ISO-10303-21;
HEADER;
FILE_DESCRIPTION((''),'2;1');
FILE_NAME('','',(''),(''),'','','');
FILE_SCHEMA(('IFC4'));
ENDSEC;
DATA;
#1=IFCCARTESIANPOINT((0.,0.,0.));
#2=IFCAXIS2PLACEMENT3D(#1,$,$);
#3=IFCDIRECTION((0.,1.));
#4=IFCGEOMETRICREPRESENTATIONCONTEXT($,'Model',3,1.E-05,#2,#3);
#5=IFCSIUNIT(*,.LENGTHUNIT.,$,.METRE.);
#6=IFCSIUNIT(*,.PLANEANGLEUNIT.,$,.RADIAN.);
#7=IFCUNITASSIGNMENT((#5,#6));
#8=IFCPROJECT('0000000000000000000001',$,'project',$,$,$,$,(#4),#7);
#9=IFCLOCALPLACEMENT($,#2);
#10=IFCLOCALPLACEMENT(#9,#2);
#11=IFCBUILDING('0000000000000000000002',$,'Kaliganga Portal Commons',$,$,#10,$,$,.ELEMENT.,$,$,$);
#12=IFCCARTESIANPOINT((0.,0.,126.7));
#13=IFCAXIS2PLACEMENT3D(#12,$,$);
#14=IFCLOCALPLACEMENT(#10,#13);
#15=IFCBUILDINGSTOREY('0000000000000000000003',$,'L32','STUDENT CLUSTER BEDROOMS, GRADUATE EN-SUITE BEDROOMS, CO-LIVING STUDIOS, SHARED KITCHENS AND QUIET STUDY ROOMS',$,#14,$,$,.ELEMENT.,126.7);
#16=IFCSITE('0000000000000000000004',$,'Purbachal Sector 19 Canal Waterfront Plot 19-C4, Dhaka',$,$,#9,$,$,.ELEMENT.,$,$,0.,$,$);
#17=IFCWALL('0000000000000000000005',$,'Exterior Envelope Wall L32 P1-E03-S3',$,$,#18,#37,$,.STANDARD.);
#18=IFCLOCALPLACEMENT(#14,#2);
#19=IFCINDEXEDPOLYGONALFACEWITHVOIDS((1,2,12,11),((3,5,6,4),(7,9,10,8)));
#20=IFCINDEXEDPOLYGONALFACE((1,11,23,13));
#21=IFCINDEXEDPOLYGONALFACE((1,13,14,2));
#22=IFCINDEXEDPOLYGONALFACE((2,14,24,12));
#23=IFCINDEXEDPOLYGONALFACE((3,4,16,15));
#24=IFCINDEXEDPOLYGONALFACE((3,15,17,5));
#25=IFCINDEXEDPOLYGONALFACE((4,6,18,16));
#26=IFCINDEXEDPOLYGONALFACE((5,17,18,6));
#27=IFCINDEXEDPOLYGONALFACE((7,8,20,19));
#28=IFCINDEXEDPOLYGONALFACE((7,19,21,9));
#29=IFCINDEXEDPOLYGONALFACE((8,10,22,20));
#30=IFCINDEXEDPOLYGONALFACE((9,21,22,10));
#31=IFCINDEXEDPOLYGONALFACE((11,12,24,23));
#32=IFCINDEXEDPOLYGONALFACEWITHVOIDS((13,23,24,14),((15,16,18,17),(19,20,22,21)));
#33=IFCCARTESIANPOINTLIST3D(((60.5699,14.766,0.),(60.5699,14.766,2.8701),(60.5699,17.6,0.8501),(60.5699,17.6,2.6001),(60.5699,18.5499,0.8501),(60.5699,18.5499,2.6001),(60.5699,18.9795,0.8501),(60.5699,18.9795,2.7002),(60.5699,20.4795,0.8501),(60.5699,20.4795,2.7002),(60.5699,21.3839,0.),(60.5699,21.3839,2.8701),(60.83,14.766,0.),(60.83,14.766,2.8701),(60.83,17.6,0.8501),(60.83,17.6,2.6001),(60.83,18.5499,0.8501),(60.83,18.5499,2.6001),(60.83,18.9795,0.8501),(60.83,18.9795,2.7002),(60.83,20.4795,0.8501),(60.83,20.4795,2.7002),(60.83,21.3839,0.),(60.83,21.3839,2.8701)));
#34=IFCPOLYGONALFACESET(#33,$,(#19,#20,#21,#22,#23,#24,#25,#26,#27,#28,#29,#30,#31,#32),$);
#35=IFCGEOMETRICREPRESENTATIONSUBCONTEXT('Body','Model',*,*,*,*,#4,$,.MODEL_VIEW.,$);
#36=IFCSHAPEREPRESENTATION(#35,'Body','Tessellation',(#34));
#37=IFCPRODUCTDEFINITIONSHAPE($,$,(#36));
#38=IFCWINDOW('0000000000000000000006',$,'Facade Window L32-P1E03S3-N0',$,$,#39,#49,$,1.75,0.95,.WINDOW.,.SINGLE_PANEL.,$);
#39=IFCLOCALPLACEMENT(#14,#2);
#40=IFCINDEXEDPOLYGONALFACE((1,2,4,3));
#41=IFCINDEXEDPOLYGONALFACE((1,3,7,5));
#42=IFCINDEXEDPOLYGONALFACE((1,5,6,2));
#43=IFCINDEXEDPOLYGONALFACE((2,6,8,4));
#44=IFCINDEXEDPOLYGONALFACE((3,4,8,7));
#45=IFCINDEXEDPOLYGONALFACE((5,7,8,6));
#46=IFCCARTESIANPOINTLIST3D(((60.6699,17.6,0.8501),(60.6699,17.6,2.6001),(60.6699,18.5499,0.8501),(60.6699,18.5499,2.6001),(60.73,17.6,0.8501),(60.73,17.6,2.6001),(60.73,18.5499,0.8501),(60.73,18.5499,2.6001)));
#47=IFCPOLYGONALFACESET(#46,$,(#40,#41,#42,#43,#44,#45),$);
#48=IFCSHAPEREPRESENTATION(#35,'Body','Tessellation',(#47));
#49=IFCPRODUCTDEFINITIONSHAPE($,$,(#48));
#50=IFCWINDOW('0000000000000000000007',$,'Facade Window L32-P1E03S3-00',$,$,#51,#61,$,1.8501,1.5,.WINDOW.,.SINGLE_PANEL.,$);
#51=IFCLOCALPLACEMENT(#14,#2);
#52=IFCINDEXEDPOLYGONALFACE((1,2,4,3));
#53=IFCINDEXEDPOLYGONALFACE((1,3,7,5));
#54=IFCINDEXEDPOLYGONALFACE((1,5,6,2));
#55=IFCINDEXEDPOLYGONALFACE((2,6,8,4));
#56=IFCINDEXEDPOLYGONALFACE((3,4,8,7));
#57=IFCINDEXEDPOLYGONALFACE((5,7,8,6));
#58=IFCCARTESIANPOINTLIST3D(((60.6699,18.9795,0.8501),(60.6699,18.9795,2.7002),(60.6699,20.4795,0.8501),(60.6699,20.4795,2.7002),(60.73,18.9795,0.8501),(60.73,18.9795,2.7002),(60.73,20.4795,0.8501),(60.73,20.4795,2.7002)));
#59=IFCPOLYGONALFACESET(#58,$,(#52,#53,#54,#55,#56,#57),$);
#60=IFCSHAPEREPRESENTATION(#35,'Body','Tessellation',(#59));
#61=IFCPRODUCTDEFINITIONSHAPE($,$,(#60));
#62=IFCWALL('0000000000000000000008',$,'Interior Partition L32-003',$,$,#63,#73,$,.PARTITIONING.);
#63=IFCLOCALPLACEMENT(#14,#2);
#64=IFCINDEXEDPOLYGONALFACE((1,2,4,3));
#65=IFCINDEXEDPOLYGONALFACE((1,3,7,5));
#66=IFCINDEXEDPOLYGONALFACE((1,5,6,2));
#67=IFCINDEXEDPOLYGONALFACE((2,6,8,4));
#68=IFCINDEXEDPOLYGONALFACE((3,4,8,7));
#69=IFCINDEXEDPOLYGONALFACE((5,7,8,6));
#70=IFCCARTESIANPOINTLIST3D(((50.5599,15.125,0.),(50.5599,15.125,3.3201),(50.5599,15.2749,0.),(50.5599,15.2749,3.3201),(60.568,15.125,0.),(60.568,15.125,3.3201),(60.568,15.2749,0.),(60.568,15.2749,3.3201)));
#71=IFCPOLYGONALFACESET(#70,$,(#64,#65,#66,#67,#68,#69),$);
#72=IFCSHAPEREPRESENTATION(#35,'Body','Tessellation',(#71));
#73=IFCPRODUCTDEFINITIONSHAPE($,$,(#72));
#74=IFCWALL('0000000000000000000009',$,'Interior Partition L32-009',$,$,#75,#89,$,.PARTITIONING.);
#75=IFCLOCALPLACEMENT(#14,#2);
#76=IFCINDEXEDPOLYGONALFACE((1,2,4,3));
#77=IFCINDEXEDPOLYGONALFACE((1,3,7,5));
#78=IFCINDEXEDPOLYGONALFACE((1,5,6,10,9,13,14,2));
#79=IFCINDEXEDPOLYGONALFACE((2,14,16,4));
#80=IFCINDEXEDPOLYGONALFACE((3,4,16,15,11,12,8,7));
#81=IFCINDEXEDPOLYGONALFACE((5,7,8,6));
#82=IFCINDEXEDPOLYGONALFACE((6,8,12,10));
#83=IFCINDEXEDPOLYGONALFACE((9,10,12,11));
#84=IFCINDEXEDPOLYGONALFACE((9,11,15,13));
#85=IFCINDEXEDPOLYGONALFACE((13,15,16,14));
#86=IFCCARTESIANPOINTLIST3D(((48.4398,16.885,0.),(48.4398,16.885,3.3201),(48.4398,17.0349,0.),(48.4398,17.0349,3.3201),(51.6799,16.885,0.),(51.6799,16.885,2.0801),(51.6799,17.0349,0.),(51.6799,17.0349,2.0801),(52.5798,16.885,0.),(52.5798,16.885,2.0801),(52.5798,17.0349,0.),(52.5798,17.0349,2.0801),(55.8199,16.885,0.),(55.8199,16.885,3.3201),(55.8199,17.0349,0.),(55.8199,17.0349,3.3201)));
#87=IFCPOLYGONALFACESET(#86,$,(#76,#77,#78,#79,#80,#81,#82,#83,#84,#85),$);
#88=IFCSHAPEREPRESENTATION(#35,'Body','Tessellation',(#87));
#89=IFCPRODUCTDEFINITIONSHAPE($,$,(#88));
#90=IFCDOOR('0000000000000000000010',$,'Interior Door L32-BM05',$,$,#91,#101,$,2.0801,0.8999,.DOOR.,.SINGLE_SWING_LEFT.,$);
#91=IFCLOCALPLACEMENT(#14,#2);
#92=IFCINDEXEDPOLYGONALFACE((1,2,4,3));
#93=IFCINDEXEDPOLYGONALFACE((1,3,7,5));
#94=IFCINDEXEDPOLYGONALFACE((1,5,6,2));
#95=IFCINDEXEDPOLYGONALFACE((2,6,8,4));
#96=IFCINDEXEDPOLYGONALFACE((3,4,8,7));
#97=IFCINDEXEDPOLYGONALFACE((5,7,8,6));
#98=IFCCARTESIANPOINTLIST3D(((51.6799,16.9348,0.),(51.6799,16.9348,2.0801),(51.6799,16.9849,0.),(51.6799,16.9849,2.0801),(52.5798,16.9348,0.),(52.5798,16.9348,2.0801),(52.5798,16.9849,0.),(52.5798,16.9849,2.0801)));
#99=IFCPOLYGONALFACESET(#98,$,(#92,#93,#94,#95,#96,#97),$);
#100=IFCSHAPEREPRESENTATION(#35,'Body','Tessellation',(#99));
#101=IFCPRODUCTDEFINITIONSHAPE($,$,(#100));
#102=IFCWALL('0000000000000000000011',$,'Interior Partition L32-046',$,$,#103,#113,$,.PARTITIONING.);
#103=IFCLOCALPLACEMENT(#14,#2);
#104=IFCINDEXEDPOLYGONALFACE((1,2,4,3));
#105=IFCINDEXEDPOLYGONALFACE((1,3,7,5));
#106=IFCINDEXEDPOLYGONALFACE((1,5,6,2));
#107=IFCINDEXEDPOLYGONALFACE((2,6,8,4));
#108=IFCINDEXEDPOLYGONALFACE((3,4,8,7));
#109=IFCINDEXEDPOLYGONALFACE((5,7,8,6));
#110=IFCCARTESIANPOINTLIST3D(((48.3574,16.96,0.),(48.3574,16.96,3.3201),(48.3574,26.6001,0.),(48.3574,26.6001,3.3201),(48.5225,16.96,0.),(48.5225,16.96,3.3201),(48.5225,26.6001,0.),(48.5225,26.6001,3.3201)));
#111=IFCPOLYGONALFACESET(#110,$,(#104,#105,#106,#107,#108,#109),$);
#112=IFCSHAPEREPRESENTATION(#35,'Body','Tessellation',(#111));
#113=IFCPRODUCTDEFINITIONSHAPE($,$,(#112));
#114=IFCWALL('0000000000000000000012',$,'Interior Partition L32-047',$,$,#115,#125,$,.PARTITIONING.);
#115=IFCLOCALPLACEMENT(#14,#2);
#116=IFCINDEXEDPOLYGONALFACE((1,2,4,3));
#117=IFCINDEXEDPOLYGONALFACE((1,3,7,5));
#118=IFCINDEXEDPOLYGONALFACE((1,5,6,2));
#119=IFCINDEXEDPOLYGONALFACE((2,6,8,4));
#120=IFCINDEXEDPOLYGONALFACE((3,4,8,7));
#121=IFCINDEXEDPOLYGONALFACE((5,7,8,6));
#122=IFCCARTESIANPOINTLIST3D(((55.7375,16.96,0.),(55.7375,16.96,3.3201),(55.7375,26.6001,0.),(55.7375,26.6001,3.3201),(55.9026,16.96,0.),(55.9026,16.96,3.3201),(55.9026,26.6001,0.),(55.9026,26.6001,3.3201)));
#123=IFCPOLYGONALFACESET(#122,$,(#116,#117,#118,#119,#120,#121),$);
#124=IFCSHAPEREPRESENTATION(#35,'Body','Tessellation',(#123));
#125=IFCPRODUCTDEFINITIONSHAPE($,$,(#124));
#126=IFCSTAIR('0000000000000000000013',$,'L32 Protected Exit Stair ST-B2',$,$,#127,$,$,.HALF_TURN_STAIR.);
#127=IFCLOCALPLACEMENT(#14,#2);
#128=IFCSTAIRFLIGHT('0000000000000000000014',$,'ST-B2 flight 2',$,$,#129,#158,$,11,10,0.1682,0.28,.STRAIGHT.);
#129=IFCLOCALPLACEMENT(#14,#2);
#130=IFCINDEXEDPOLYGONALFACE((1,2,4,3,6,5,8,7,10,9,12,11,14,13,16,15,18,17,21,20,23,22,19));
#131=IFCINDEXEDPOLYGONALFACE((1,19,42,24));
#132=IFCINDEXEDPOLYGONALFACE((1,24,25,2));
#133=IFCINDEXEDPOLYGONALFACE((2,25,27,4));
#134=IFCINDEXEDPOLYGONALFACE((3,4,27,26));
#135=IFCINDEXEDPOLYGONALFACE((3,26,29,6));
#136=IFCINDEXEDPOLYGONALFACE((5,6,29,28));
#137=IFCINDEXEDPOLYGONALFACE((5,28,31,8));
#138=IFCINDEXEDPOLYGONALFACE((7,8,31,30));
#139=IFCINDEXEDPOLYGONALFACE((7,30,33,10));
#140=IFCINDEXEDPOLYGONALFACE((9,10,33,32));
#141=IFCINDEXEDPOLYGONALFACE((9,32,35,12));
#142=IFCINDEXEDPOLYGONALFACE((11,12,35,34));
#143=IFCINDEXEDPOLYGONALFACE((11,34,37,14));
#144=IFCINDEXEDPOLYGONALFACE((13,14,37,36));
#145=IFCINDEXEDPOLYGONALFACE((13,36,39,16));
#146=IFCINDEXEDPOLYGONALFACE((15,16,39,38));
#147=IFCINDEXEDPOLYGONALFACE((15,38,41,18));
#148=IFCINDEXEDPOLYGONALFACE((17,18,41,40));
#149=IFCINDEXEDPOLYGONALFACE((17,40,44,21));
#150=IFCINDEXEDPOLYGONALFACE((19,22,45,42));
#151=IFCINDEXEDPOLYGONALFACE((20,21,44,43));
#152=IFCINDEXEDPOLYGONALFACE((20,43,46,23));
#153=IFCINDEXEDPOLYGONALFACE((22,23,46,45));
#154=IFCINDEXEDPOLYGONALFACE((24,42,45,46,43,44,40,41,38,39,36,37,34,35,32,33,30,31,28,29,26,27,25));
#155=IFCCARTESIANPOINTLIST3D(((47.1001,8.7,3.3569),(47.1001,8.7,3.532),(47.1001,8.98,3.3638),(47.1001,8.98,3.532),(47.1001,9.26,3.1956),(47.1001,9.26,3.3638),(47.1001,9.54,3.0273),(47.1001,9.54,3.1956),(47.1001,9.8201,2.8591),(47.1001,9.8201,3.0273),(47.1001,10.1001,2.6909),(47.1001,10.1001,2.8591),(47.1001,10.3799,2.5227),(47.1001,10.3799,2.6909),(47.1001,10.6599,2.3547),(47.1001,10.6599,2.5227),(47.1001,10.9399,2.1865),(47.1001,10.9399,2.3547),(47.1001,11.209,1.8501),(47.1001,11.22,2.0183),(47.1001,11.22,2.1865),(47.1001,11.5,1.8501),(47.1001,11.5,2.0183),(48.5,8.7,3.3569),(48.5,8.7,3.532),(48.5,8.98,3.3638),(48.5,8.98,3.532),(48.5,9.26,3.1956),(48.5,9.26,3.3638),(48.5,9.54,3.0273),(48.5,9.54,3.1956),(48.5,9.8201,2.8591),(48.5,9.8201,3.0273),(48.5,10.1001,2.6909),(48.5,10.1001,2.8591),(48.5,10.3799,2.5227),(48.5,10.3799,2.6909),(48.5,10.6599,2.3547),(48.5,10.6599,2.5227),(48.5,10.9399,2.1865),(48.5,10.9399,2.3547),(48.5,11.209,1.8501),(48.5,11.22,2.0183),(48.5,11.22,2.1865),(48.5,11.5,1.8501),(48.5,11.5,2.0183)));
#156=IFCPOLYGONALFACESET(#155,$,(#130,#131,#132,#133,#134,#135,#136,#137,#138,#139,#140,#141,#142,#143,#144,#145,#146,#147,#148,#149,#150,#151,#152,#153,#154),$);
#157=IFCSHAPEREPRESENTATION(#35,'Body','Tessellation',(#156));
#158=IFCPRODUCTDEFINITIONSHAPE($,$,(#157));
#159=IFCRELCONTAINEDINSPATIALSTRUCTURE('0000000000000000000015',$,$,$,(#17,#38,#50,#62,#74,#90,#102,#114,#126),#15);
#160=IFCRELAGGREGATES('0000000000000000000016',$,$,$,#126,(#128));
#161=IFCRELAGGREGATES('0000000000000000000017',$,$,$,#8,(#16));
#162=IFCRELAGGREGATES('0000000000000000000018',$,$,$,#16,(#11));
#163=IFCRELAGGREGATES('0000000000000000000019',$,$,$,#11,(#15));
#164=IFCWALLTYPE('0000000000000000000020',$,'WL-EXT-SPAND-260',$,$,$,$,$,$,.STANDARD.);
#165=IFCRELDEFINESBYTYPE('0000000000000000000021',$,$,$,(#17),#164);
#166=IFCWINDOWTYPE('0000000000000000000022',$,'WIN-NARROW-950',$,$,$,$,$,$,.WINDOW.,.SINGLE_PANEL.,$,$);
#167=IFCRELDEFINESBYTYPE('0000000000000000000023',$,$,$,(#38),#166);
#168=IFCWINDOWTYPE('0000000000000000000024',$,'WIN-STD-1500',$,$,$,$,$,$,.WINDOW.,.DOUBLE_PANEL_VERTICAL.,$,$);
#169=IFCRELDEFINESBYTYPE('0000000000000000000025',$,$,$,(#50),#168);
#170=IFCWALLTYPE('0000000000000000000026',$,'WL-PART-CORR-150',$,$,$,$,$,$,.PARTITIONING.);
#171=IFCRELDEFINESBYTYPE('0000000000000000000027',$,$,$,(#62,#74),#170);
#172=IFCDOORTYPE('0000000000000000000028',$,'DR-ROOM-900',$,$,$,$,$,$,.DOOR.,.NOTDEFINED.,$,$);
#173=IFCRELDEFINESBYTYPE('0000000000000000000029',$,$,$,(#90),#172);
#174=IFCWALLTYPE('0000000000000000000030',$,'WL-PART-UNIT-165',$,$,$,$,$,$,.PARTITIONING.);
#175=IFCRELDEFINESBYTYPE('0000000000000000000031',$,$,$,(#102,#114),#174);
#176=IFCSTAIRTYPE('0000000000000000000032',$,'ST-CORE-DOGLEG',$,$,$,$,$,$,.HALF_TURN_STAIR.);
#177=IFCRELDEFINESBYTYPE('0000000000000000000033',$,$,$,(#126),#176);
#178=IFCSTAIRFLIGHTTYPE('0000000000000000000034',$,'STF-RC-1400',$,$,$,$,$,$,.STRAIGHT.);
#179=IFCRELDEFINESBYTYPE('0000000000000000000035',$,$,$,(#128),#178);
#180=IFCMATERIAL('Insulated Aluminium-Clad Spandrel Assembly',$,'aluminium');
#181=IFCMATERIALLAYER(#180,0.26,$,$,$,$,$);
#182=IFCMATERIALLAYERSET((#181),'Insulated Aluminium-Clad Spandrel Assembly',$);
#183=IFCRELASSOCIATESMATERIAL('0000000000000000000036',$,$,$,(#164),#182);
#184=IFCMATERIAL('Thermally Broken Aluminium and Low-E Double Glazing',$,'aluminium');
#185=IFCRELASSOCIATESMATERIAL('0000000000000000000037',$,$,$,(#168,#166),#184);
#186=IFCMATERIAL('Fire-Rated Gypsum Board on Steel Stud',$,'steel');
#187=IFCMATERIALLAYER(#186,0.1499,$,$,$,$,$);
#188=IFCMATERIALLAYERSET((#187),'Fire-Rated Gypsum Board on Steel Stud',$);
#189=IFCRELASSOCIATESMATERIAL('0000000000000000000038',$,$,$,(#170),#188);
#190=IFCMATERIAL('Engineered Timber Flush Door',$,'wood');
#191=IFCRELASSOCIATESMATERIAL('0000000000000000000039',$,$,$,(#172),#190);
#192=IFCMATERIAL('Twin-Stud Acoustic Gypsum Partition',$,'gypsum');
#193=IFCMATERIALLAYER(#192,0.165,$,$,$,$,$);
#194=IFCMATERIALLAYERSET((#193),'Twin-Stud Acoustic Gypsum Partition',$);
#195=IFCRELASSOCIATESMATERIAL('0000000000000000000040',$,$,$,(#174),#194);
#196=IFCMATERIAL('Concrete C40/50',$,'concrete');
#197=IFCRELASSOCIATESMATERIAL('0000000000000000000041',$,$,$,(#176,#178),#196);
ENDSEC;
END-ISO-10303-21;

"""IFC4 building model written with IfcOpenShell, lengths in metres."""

from ifc_helpers import new_model, si_unit, direction, frame, frame_2d, origin, place, context, subcontext, project, spatial, polyline, rectangle, outline, extrude, material, layer, layer_set, type_object, element, fill, aggregate, save


model = new_model("IFC4")

# Units and contexts
model_context = context("Model", 3, precision=1e-05, world=origin(), true_north=direction((0.0, 1.0)))
body_context = subcontext(model_context, "Body", "Model", "MODEL_VIEW")
ifc_project = project(units=[si_unit("LENGTHUNIT", "METRE"), si_unit("PLANEANGLEUNIT", "RADIAN")], contexts=[model_context])

# Site, building, storey
site_placement = place(None, origin())
site = spatial("IfcSite", under=ifc_project, at=site_placement, Name="Purbachal Sector 19 Canal Waterfront Plot 19-C4, Dhaka", CompositionType="ELEMENT", RefElevation=0.0)
building_placement = place(site_placement, origin())
building = spatial("IfcBuilding", under=site, at=building_placement, Name="Kaliganga Portal Commons", CompositionType="ELEMENT")
storey_placement = place(building_placement, frame((0.0, 0.0, 126.7)))
storey = spatial("IfcBuildingStorey", under=building, at=storey_placement, Name="L32", Description="STUDENT CLUSTER BEDROOMS, GRADUATE EN-SUITE BEDROOMS, CO-LIVING STUDIOS, SHARED KITCHENS AND QUIET STUDY ROOMS", CompositionType="ELEMENT", Elevation=126.7)

# Shared definitions
ifc_material_1 = material(Name="Insulated Aluminium-Clad Spandrel Assembly", Category="aluminium")
ifc_layer_1 = layer(ifc_material_1, 0.26)
ifc_layer_set_1 = layer_set([ifc_layer_1], Name="Insulated Aluminium-Clad Spandrel Assembly")
wall_type_1 = type_object("IfcWallType", Name="WL-EXT-SPAND-260", PredefinedType="STANDARD", material=ifc_layer_set_1)
ifc_material_2 = material(Name="Thermally Broken Aluminium and Low-E Double Glazing", Category="aluminium")
window_type_1 = type_object("IfcWindowType", Name="WIN-STD-1500", PartitioningType="DOUBLE_PANEL_VERTICAL", PredefinedType="WINDOW", material=ifc_material_2)

# Wall, openings, windows
wall_1_placement = place(storey_placement, frame((60.7, 21.384, 0.0), z_axis=(0.0, 0.0, 1.0), x_axis=(0.0, -1.0, 0.0)))
wall_1 = element("IfcWall", 1, at=wall_1_placement, inside=storey, type_object=wall_type_1, Name="Exterior Envelope Wall L32 P1-E03-S3", PredefinedType="STANDARD", context=body_context, shape_type="SweptSolid", body=[
    extrude(rectangle(XDim=6.6179, YDim=0.26, at=frame_2d((3.3091, 0.0))), origin(), (0.0, 0.0, 1.0), 2.8701),
])
opening_1_placement = place(wall_1_placement, frame((0.9045, 0.0, 0.8501)))
opening_1 = element("IfcOpeningElement", 2, at=opening_1_placement, cuts=wall_1, PredefinedType="OPENING", context=body_context, shape_type="SweptSolid", body=[
    extrude(rectangle(XDim=1.5, YDim=1.8501, at=frame_2d((0.75, 0.925))), frame((0.0, 0.1401, 0.0), z_axis=(0.0, -1.0, 0.0), x_axis=(1.0, 0.0, 0.0)), (0.0, 0.0, 1.0), 0.28),
])
opening_2_placement = place(wall_1_placement, frame((2.834, 0.0, 0.8501)))
opening_2 = element("IfcOpeningElement", 3, at=opening_2_placement, cuts=wall_1, PredefinedType="OPENING", context=body_context, shape_type="SweptSolid", body=[
    extrude(rectangle(XDim=0.95, YDim=1.75, at=frame_2d((0.4751, 0.875))), frame((0.0, 0.1401, 0.0), z_axis=(0.0, -1.0, 0.0), x_axis=(1.0, 0.0, 0.0)), (0.0, 0.0, 1.0), 0.28),
])
window_type_2 = type_object("IfcWindowType", Name="WIN-NARROW-950", PartitioningType="SINGLE_PANEL", PredefinedType="WINDOW", material=ifc_material_2)
window_1_placement = place(opening_2_placement, origin())
window_1 = element("IfcWindow", 4, at=window_1_placement, inside=storey, type_object=window_type_2, Name="Facade Window L32-P1E03S3-N0", OverallHeight=1.75, OverallWidth=0.95, PartitioningType="SINGLE_PANEL", PredefinedType="WINDOW", context=body_context, shape_type="SweptSolid", body=[
    extrude(rectangle(XDim=0.95, YDim=1.75, at=frame_2d((0.4751, 0.875))), frame((0.0, 0.03, 0.0), z_axis=(0.0, -1.0, 0.0), x_axis=(1.0, 0.0, 0.0)), (0.0, 0.0, 1.0), 0.0601),
])
fill(opening_2, window_1)
window_2_placement = place(opening_1_placement, origin())
window_2 = element("IfcWindow", 5, at=window_2_placement, inside=storey, type_object=window_type_1, Name="Facade Window L32-P1E03S3-00", OverallHeight=1.8501, OverallWidth=1.5, PartitioningType="SINGLE_PANEL", PredefinedType="WINDOW", context=body_context, shape_type="SweptSolid", body=[
    extrude(rectangle(XDim=1.5, YDim=1.8501, at=frame_2d((0.75, 0.925))), frame((0.0, 0.03, 0.0), z_axis=(0.0, -1.0, 0.0), x_axis=(1.0, 0.0, 0.0)), (0.0, 0.0, 1.0), 0.0601),
])
fill(opening_1, window_2)

# Wall
ifc_material_3 = material(Name="Fire-Rated Gypsum Board on Steel Stud", Category="steel")
ifc_layer_2 = layer(ifc_material_3, 0.1499)
ifc_layer_set_2 = layer_set([ifc_layer_2], Name="Fire-Rated Gypsum Board on Steel Stud")
wall_type_2 = type_object("IfcWallType", Name="WL-PART-CORR-150", PredefinedType="PARTITIONING", material=ifc_layer_set_2)
wall_2_placement = place(storey_placement, frame((50.5601, 15.2, 0.0), z_axis=(0.0, 0.0, 1.0), x_axis=(1.0, 0.0, 0.0)))
element("IfcWall", 6, at=wall_2_placement, inside=storey, type_object=wall_type_2, Name="Interior Partition L32-003", PredefinedType="PARTITIONING", context=body_context, shape_type="SweptSolid", body=[
    extrude(rectangle(XDim=10.0081, YDim=0.1499, at=frame_2d((5.0039, 0.0))), origin(), (0.0, 0.0, 1.0), 3.3201),
])

# Wall, opening, door
wall_3_placement = place(storey_placement, frame((48.4399, 16.96, 0.0), z_axis=(0.0, 0.0, 1.0), x_axis=(1.0, 0.0, 0.0)))
wall_3 = element("IfcWall", 7, at=wall_3_placement, inside=storey, type_object=wall_type_2, Name="Interior Partition L32-009", PredefinedType="PARTITIONING", context=body_context, shape_type="SweptSolid", body=[
    extrude(rectangle(XDim=7.3801, YDim=0.1499, at=frame_2d((3.6899, 0.0))), origin(), (0.0, 0.0, 1.0), 3.3201),
])
opening_3_placement = place(wall_3_placement, frame((3.24, 0.0, 0.0)))
opening_3 = element("IfcOpeningElement", 8, at=opening_3_placement, cuts=wall_3, PredefinedType="OPENING", context=body_context, shape_type="SweptSolid", body=[
    extrude(rectangle(XDim=0.8999, YDim=2.0801, at=frame_2d((0.45, 1.04))), frame((0.0, 0.085, 0.0), z_axis=(0.0, -1.0, 0.0), x_axis=(1.0, 0.0, 0.0)), (0.0, 0.0, 1.0), 0.1699),
])
ifc_material_4 = material(Name="Engineered Timber Flush Door", Category="wood")
door_type_1 = type_object("IfcDoorType", Name="DR-ROOM-900", OperationType="NOTDEFINED", PredefinedType="DOOR", material=ifc_material_4)
door_1_placement = place(opening_3_placement, origin())
door_1 = element("IfcDoor", 9, at=door_1_placement, inside=storey, type_object=door_type_1, Name="Interior Door L32-BM05", OperationType="SINGLE_SWING_LEFT", OverallHeight=2.0801, OverallWidth=0.8999, PredefinedType="DOOR", context=body_context, shape_type="SweptSolid", body=[
    extrude(rectangle(XDim=0.8999, YDim=2.0801, at=frame_2d((0.45, 1.04))), frame((0.0, 0.0249, 0.0), z_axis=(0.0, -1.0, 0.0), x_axis=(1.0, 0.0, 0.0)), (0.0, 0.0, 1.0), 0.05),
])
fill(opening_3, door_1)

# Walls
ifc_material_5 = material(Name="Twin-Stud Acoustic Gypsum Partition", Category="gypsum")
ifc_layer_3 = layer(ifc_material_5, 0.165)
ifc_layer_set_3 = layer_set([ifc_layer_3], Name="Twin-Stud Acoustic Gypsum Partition")
wall_type_3 = type_object("IfcWallType", Name="WL-PART-UNIT-165", PredefinedType="PARTITIONING", material=ifc_layer_set_3)
for number, where, z_axis, x_axis, name in (
    (10, (48.4399, 16.96, 0.0), (0.0, 0.0, 1.0), (0.0, 1.0, 0.0), "Interior Partition L32-046"),
    (11, (55.8201, 16.96, 0.0), (0.0, 0.0, 1.0), (0.0, 1.0, 0.0), "Interior Partition L32-047"),
):
    element("IfcWall", number, at=place(storey_placement, frame(where, z_axis=z_axis, x_axis=x_axis)), inside=storey, type_object=wall_type_3, Name=name, PredefinedType="PARTITIONING", context=body_context, shape_type="SweptSolid", body=[
        extrude(rectangle(XDim=9.6401, YDim=0.165, at=frame_2d((4.8201, 0.0))), origin(), (0.0, 0.0, 1.0), 3.3201),
    ])

# Stair, stair flight
ifc_material_6 = material(Name="Concrete C40/50", Category="concrete")
stair_type = type_object("IfcStairType", Name="ST-CORE-DOGLEG", PredefinedType="HALF_TURN_STAIR", material=ifc_material_6)
stair_placement = place(storey_placement, origin())
stair = element("IfcStair", 12, at=stair_placement, inside=storey, type_object=stair_type, Name="L32 Protected Exit Stair ST-B2", PredefinedType="HALF_TURN_STAIR")
stair_flight_type = type_object("IfcStairFlightType", Name="STF-RC-1400", PredefinedType="STRAIGHT", material=ifc_material_6)
stair_flight_placement = place(storey_placement, frame((47.8, 11.5, 1.8501), z_axis=(0.0, 0.0, 1.0), x_axis=(0.0, -1.0, 0.0)))
stair_flight = element("IfcStairFlight", 13, at=stair_flight_placement, type_object=stair_flight_type, Name="ST-B2 flight 2", NumberOfRisers=11, NumberOfTreads=10, PredefinedType="STRAIGHT", RiserHeight=0.1682, TreadLength=0.28, context=body_context, shape_type="SweptSolid", body=[
    extrude(outline(polyline([(0.0, 0.0), (0.0, 0.1682), (0.28, 0.1682), (0.28, 0.3364), (0.5601, 0.3364), (0.5601, 0.5046), (0.8401, 0.5046), (0.8401, 0.6726), (1.1201, 0.6726), (1.1201, 0.8408), (1.3999, 0.8408), (1.3999, 1.009), (1.6799, 1.009), (1.6799, 1.1772), (1.96, 1.1772), (1.96, 1.3455), (2.24, 1.3455), (2.24, 1.5137), (2.52, 1.5137), (2.52, 1.6819), (2.8, 1.6819), (2.8, 1.8501), (2.8, 1.5068), (0.291, 0.0), (0.0, 0.0)])), frame((0.0, 0.7, 0.0), z_axis=(0.0, -1.0, 0.0), x_axis=(1.0, 0.0, 0.0)), (0.0, 0.0, 1.0), 1.3999),
])
aggregate(stair, [stair_flight])

save(model, "model.ifc")
